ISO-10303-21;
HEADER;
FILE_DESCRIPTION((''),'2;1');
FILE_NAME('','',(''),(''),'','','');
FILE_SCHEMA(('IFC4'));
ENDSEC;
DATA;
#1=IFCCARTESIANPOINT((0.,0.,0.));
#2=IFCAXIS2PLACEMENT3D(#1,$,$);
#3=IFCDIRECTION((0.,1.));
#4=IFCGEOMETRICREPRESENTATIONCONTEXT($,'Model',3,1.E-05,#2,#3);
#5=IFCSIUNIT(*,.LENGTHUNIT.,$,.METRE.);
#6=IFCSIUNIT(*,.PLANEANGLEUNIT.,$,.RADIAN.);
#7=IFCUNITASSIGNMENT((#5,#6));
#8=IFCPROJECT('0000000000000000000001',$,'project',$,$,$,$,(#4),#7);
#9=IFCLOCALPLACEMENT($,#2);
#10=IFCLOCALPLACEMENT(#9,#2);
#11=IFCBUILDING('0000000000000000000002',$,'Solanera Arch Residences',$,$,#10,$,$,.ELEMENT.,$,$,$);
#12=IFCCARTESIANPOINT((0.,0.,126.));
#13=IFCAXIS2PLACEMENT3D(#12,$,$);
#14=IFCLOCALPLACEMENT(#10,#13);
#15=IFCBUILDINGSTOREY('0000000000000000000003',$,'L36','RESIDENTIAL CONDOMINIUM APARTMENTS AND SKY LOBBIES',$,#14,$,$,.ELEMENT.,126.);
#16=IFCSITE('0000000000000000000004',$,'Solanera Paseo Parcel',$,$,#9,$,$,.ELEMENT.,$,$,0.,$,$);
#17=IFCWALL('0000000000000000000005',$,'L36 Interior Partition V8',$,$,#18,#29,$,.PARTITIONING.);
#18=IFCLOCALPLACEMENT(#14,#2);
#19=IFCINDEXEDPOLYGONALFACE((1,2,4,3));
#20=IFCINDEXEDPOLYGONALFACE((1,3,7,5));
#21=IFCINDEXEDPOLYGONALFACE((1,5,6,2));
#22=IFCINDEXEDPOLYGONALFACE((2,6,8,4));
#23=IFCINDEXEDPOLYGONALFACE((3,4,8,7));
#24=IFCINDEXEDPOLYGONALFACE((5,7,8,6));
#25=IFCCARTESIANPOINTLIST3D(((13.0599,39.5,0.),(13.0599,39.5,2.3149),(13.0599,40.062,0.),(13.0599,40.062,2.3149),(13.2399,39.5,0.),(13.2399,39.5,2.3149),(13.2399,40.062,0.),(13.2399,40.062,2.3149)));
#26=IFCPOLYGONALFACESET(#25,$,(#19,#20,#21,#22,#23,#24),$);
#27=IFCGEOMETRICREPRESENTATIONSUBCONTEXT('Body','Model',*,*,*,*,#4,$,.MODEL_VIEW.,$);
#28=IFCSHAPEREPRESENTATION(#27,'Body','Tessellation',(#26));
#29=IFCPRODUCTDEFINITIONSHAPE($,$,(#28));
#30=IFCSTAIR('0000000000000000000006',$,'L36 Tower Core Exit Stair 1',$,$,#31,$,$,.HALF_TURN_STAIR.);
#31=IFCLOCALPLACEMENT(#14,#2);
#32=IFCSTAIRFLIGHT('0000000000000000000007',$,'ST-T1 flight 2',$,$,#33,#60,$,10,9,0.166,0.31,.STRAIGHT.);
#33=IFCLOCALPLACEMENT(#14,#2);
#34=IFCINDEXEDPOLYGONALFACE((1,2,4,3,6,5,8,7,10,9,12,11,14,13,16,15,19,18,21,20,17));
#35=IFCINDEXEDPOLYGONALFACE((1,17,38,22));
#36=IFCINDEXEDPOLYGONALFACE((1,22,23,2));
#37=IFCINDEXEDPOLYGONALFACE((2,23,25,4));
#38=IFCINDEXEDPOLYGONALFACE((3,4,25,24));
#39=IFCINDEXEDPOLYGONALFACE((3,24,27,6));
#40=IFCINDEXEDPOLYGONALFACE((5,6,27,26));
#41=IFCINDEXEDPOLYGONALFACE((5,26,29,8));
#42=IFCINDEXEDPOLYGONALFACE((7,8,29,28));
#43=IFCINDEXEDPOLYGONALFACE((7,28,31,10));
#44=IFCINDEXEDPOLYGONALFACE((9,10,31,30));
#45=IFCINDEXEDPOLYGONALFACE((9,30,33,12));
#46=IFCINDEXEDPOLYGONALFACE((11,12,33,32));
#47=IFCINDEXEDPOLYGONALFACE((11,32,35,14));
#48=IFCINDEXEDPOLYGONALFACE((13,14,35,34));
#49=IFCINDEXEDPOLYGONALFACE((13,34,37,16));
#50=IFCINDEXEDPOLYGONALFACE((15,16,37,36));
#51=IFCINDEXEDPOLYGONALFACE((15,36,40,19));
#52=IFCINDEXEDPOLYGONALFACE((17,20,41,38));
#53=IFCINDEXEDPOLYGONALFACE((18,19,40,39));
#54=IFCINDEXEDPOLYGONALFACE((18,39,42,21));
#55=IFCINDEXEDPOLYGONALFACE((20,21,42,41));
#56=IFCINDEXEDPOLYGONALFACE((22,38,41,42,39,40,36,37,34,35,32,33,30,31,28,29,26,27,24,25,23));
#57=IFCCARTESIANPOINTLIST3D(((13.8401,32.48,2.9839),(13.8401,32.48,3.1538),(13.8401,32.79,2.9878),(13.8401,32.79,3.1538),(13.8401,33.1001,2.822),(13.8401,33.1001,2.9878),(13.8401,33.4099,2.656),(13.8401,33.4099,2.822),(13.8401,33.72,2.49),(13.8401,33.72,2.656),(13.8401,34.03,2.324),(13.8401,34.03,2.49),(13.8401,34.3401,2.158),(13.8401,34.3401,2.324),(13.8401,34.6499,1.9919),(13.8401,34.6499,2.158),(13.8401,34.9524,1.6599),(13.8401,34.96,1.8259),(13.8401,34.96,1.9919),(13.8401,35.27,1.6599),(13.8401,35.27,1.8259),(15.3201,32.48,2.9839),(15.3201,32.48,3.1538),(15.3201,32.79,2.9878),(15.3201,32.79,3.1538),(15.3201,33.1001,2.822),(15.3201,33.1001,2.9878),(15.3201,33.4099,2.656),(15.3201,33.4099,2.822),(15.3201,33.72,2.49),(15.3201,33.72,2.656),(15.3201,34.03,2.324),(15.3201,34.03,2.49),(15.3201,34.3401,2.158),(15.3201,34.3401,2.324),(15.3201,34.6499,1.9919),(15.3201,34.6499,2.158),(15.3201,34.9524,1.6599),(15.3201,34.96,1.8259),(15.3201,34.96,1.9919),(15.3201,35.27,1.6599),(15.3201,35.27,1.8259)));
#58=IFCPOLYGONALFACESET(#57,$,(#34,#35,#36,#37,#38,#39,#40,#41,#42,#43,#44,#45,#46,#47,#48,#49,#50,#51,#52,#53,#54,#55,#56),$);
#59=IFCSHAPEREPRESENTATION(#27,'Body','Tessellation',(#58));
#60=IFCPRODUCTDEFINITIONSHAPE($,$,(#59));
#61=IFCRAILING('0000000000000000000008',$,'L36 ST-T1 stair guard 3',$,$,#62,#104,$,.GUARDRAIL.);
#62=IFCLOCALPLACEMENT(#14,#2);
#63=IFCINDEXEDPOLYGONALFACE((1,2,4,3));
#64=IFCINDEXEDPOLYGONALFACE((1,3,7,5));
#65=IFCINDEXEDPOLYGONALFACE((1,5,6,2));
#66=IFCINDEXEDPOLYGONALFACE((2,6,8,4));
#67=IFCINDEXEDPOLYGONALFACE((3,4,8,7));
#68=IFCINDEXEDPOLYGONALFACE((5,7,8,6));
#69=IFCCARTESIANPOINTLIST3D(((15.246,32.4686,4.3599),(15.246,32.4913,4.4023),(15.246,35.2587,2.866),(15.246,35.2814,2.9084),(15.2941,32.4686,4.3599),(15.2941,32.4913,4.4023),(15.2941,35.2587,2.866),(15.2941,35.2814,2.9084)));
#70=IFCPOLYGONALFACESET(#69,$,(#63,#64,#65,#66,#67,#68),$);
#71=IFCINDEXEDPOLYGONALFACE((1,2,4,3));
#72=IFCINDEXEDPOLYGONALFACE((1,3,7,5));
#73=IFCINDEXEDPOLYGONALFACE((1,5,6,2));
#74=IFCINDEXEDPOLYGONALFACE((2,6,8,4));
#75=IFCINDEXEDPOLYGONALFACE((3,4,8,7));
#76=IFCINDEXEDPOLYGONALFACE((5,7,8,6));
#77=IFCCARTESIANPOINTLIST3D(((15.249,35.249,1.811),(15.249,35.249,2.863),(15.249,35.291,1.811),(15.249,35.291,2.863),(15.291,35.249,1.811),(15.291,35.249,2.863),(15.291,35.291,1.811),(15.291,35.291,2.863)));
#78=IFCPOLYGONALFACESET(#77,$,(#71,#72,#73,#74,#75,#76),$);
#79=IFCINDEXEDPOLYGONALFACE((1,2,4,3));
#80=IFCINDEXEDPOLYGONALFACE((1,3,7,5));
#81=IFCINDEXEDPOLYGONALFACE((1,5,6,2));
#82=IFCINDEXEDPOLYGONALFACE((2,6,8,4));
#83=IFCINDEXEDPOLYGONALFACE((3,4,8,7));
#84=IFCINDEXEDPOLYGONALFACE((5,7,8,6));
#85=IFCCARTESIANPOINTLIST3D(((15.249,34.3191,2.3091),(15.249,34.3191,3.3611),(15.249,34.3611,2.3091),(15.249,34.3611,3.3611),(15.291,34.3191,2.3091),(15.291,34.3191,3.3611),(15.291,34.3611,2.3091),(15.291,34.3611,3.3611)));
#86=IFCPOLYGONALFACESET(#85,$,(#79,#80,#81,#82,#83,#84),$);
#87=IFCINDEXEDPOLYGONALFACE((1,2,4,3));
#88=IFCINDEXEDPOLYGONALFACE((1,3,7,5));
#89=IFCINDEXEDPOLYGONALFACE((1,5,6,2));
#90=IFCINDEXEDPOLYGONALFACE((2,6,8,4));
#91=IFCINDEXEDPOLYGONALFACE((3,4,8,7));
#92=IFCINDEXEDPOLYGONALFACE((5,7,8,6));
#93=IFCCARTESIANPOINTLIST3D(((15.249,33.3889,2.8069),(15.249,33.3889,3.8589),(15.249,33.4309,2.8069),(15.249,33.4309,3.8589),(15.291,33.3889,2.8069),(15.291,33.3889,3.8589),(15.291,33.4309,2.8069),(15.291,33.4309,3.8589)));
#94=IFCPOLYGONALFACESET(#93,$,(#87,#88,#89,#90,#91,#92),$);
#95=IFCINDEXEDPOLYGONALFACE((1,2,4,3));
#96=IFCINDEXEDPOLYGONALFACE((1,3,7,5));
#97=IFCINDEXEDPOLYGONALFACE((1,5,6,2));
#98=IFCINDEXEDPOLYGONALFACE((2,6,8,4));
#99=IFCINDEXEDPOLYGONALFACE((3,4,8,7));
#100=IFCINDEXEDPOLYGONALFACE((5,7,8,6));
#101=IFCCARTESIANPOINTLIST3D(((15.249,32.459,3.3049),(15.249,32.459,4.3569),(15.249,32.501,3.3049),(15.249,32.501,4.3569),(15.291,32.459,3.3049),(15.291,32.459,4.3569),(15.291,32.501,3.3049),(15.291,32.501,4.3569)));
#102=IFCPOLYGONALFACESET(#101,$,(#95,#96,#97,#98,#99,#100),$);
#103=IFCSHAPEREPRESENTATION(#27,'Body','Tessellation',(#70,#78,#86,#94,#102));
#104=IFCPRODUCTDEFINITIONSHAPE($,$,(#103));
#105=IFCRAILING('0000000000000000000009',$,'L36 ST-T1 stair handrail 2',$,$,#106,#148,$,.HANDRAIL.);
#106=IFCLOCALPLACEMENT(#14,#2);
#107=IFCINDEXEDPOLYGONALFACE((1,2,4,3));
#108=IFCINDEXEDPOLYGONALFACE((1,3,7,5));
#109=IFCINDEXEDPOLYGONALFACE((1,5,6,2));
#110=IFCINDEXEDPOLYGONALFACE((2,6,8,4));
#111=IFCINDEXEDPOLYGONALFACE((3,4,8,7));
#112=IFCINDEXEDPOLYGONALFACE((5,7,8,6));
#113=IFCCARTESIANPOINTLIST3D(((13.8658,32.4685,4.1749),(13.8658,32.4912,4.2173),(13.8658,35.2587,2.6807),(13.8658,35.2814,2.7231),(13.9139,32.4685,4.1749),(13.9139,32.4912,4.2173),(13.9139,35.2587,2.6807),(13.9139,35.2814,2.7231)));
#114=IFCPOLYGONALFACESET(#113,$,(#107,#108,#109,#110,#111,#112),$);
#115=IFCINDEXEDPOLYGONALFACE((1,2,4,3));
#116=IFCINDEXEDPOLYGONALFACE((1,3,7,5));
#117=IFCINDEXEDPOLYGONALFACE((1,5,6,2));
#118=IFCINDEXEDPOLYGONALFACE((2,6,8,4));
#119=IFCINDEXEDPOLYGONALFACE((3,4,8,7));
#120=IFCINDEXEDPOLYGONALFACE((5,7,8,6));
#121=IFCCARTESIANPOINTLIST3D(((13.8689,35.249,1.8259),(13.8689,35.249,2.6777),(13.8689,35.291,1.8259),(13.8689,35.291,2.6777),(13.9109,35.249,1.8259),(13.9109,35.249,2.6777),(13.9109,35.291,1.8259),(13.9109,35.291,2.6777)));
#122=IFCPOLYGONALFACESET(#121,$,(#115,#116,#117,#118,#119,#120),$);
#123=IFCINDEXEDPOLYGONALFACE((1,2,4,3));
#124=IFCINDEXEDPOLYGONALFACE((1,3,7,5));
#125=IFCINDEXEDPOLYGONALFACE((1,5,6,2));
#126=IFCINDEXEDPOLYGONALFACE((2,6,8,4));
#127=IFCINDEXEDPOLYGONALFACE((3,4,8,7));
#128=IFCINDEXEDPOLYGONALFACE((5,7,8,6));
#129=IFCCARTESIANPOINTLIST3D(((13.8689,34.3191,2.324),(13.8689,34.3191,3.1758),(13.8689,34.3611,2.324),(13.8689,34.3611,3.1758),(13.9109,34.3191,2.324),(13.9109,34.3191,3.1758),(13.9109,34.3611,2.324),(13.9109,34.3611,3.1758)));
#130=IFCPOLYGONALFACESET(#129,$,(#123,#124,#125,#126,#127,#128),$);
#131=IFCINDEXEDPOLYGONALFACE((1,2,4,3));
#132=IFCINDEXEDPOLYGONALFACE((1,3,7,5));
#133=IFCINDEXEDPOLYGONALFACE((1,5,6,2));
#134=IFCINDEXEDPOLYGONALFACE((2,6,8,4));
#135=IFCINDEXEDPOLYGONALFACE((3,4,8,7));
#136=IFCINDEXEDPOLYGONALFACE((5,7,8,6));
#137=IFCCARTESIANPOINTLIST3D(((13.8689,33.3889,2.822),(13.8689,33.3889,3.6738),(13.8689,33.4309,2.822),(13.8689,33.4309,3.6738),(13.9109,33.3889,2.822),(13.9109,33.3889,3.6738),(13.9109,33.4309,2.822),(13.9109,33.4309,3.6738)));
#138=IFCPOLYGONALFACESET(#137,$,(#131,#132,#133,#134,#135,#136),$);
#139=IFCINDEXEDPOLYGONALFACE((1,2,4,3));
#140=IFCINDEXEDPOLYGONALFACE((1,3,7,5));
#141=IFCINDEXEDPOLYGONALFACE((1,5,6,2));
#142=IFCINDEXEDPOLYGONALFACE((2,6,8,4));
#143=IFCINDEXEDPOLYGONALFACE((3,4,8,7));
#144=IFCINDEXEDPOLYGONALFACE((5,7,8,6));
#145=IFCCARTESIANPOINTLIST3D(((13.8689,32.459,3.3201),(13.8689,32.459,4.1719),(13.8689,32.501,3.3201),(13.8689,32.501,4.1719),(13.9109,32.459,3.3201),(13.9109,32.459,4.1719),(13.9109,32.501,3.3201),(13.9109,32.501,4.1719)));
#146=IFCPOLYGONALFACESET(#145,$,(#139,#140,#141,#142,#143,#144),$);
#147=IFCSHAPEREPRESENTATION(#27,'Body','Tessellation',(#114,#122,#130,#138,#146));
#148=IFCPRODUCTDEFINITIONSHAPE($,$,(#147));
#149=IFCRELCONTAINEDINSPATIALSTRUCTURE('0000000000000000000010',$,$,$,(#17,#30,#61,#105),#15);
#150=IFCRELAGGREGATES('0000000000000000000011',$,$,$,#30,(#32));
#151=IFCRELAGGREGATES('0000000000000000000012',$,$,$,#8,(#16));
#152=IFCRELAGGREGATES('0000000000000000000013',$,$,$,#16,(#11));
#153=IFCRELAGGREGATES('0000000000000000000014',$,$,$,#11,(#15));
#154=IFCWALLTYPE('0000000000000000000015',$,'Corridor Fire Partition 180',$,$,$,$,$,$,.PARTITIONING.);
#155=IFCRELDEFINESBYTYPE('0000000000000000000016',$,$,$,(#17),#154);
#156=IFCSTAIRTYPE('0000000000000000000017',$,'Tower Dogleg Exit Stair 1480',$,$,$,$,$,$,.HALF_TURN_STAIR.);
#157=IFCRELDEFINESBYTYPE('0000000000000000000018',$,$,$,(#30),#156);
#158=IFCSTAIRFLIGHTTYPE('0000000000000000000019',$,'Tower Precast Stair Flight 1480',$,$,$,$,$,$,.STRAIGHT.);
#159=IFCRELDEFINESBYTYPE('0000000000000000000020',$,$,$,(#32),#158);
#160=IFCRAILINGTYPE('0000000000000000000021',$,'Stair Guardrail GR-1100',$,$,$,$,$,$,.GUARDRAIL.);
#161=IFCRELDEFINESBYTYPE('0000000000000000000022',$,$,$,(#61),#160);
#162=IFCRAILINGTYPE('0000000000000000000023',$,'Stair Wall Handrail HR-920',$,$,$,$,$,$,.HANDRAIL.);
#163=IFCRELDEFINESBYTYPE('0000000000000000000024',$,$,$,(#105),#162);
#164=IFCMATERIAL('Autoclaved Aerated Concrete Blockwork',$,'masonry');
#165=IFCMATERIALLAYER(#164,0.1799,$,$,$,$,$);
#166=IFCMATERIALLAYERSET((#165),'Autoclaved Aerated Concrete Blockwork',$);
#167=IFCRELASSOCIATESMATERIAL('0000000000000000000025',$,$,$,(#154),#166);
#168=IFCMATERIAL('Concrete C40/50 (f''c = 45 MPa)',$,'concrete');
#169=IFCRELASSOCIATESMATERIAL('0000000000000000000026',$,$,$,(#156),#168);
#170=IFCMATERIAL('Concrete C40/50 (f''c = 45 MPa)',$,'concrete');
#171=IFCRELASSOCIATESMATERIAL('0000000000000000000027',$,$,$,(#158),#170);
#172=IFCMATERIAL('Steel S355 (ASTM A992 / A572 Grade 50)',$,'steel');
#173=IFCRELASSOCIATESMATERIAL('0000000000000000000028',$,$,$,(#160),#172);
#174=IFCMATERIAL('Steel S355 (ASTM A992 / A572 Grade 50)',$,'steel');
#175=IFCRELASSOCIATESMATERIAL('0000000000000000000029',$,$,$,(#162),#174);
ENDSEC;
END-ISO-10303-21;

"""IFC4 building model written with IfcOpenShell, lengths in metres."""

from ifc_helpers import new_model, si_unit, direction, frame, frame_2d, origin, origin_2d, place, context, subcontext, project, spatial, polyline, rectangle, outline, extrude, material, layer, layer_set, type_object, element, aggregate, save


model = new_model("IFC4")

# Units and contexts
model_context = context("Model", 3, precision=1e-05, world=origin(), true_north=direction((0.0, 1.0)))
body_context = subcontext(model_context, "Body", "Model", "MODEL_VIEW")
ifc_project = project(units=[si_unit("LENGTHUNIT", "METRE"), si_unit("PLANEANGLEUNIT", "RADIAN")], contexts=[model_context])

# Site, building, storey
site_placement = place(None, origin())
site = spatial("IfcSite", under=ifc_project, at=site_placement, Name="Solanera Paseo Parcel", CompositionType="ELEMENT", RefElevation=0.0)
building_placement = place(site_placement, origin())
building = spatial("IfcBuilding", under=site, at=building_placement, Name="Solanera Arch Residences", CompositionType="ELEMENT")
storey_placement = place(building_placement, frame((0.0, 0.0, 126.0)))
storey = spatial("IfcBuildingStorey", under=building, at=storey_placement, Name="L36", Description="RESIDENTIAL CONDOMINIUM APARTMENTS AND SKY LOBBIES", CompositionType="ELEMENT", Elevation=126.0)

# Wall
ifc_material_1 = material(Name="Autoclaved Aerated Concrete Blockwork", Category="masonry")
ifc_layer_1 = layer(ifc_material_1, 0.1799)
ifc_layer_set_1 = layer_set([ifc_layer_1], Name="Autoclaved Aerated Concrete Blockwork")
wall_type_1 = type_object("IfcWallType", Name="Corridor Fire Partition 180", PredefinedType="PARTITIONING", material=ifc_layer_set_1)
wall_1_placement = place(storey_placement, frame((13.1499, 39.5, 0.0), z_axis=(0.0, 0.0, 1.0), x_axis=(0.0, 1.0, 0.0)))
element("IfcWall", 1, at=wall_1_placement, inside=storey, type_object=wall_type_1, Name="L36 Interior Partition V8", PredefinedType="PARTITIONING", context=body_context, shape_type="SweptSolid", body=[
    extrude(rectangle(XDim=0.562, YDim=0.1799, at=frame_2d((0.281, 0.0))), origin(), (0.0, 0.0, 1.0), 2.3149),
])

# Stair, stair flight
ifc_material_2 = material(Name="Concrete C40/50 (f'c = 45 MPa)", Category="concrete")
stair_type = type_object("IfcStairType", Name="Tower Dogleg Exit Stair 1480", PredefinedType="HALF_TURN_STAIR", material=ifc_material_2)
stair_placement = place(storey_placement, origin())
stair = element("IfcStair", 2, at=stair_placement, inside=storey, type_object=stair_type, Name="L36 Tower Core Exit Stair 1", PredefinedType="HALF_TURN_STAIR")
ifc_material_3 = material(Name="Concrete C40/50 (f'c = 45 MPa)", Category="concrete")
stair_flight_type = type_object("IfcStairFlightType", Name="Tower Precast Stair Flight 1480", PredefinedType="STRAIGHT", material=ifc_material_3)
stair_flight_placement = place(storey_placement, frame((14.5801, 35.27, 1.6599), z_axis=(0.0, 0.0, 1.0), x_axis=(0.0, -1.0, 0.0)))
stair_flight = element("IfcStairFlight", 3, at=stair_flight_placement, type_object=stair_flight_type, Name="ST-T1 flight 2", NumberOfRisers=10, NumberOfTreads=9, PredefinedType="STRAIGHT", RiserHeight=0.166, TreadLength=0.31, context=body_context, shape_type="SweptSolid", body=[
    extrude(outline(polyline([(0.0, 0.0), (0.0, 0.166), (0.3101, 0.166), (0.3101, 0.332), (0.6201, 0.332), (0.6201, 0.498), (0.9299, 0.498), (0.9299, 0.6641), (1.24, 0.6641), (1.24, 0.8301), (1.55, 0.8301), (1.55, 0.9961), (1.8601, 0.9961), (1.8601, 1.1621), (2.1699, 1.1621), (2.1699, 1.3279), (2.48, 1.3279), (2.48, 1.4939), (2.79, 1.4939), (2.79, 1.6599), (2.79, 1.324), (0.3176, 0.0), (0.0, 0.0)])), frame((0.0, 0.74, 0.0), z_axis=(0.0, -1.0, 0.0), x_axis=(1.0, 0.0, 0.0)), (0.0, 0.0, 1.0), 1.48),
])
aggregate(stair, [stair_flight])

# Railings
ifc_material_4 = material(Name="Steel S355 (ASTM A992 / A572 Grade 50)", Category="steel")
railing_type_1 = type_object("IfcRailingType", Name="Stair Guardrail GR-1100", PredefinedType="GUARDRAIL", material=ifc_material_4)
railing_1_placement = place(storey_placement, frame((15.27, 35.27, 1.811)))
element("IfcRailing", 4, at=railing_1_placement, inside=storey, type_object=railing_type_1, Name="L36 ST-T1 stair guard 3", PredefinedType="GUARDRAIL", context=body_context, shape_type="SweptSolid", body=[
    extrude(rectangle(XDim=0.0481, YDim=0.0481, at=origin_2d()), frame((0.0, 0.0, 1.0762), z_axis=(0.0, -0.881581, 0.472033), x_axis=(1.0, 0.0, 0.0)), (0.0, 0.0, 1.0), 3.1648),
    extrude(rectangle(XDim=0.042, YDim=0.042, at=origin_2d()), origin(), (0.0, 0.0, 1.0), 1.052),
    extrude(rectangle(XDim=0.042, YDim=0.042, at=origin_2d()), frame((0.0, -0.9299, 0.498)), (0.0, 0.0, 1.0), 1.052),
    extrude(rectangle(XDim=0.042, YDim=0.042, at=origin_2d()), frame((0.0, -1.8601, 0.9958)), (0.0, 0.0, 1.0), 1.052),
    extrude(rectangle(XDim=0.042, YDim=0.042, at=origin_2d()), frame((0.0, -2.79, 1.4939)), (0.0, 0.0, 1.0), 1.052),
])
ifc_material_5 = material(Name="Steel S355 (ASTM A992 / A572 Grade 50)", Category="steel")
railing_type_2 = type_object("IfcRailingType", Name="Stair Wall Handrail HR-920", PredefinedType="HANDRAIL", material=ifc_material_5)
railing_2_placement = place(storey_placement, frame((13.8899, 35.27, 1.8259)))
element("IfcRailing", 5, at=railing_2_placement, inside=storey, type_object=railing_type_2, Name="L36 ST-T1 stair handrail 2", PredefinedType="HANDRAIL", context=body_context, shape_type="SweptSolid", body=[
    extrude(rectangle(XDim=0.0481, YDim=0.0481, at=origin_2d()), frame((0.0, 0.0, 0.876), z_axis=(0.0, -0.881549, 0.472093), x_axis=(1.0, 0.0, 0.0)), (0.0, 0.0, 1.0), 3.165),
    extrude(rectangle(XDim=0.042, YDim=0.042, at=origin_2d()), origin(), (0.0, 0.0, 1.0), 0.8518),
    extrude(rectangle(XDim=0.042, YDim=0.042, at=origin_2d()), frame((0.0, -0.9299, 0.498)), (0.0, 0.0, 1.0), 0.8518),
    extrude(rectangle(XDim=0.042, YDim=0.042, at=origin_2d()), frame((0.0, -1.8601, 0.9961)), (0.0, 0.0, 1.0), 0.8518),
    extrude(rectangle(XDim=0.042, YDim=0.042, at=origin_2d()), frame((0.0, -2.79, 1.4941)), (0.0, 0.0, 1.0), 0.8518),
])

save(model, "model.ifc")
